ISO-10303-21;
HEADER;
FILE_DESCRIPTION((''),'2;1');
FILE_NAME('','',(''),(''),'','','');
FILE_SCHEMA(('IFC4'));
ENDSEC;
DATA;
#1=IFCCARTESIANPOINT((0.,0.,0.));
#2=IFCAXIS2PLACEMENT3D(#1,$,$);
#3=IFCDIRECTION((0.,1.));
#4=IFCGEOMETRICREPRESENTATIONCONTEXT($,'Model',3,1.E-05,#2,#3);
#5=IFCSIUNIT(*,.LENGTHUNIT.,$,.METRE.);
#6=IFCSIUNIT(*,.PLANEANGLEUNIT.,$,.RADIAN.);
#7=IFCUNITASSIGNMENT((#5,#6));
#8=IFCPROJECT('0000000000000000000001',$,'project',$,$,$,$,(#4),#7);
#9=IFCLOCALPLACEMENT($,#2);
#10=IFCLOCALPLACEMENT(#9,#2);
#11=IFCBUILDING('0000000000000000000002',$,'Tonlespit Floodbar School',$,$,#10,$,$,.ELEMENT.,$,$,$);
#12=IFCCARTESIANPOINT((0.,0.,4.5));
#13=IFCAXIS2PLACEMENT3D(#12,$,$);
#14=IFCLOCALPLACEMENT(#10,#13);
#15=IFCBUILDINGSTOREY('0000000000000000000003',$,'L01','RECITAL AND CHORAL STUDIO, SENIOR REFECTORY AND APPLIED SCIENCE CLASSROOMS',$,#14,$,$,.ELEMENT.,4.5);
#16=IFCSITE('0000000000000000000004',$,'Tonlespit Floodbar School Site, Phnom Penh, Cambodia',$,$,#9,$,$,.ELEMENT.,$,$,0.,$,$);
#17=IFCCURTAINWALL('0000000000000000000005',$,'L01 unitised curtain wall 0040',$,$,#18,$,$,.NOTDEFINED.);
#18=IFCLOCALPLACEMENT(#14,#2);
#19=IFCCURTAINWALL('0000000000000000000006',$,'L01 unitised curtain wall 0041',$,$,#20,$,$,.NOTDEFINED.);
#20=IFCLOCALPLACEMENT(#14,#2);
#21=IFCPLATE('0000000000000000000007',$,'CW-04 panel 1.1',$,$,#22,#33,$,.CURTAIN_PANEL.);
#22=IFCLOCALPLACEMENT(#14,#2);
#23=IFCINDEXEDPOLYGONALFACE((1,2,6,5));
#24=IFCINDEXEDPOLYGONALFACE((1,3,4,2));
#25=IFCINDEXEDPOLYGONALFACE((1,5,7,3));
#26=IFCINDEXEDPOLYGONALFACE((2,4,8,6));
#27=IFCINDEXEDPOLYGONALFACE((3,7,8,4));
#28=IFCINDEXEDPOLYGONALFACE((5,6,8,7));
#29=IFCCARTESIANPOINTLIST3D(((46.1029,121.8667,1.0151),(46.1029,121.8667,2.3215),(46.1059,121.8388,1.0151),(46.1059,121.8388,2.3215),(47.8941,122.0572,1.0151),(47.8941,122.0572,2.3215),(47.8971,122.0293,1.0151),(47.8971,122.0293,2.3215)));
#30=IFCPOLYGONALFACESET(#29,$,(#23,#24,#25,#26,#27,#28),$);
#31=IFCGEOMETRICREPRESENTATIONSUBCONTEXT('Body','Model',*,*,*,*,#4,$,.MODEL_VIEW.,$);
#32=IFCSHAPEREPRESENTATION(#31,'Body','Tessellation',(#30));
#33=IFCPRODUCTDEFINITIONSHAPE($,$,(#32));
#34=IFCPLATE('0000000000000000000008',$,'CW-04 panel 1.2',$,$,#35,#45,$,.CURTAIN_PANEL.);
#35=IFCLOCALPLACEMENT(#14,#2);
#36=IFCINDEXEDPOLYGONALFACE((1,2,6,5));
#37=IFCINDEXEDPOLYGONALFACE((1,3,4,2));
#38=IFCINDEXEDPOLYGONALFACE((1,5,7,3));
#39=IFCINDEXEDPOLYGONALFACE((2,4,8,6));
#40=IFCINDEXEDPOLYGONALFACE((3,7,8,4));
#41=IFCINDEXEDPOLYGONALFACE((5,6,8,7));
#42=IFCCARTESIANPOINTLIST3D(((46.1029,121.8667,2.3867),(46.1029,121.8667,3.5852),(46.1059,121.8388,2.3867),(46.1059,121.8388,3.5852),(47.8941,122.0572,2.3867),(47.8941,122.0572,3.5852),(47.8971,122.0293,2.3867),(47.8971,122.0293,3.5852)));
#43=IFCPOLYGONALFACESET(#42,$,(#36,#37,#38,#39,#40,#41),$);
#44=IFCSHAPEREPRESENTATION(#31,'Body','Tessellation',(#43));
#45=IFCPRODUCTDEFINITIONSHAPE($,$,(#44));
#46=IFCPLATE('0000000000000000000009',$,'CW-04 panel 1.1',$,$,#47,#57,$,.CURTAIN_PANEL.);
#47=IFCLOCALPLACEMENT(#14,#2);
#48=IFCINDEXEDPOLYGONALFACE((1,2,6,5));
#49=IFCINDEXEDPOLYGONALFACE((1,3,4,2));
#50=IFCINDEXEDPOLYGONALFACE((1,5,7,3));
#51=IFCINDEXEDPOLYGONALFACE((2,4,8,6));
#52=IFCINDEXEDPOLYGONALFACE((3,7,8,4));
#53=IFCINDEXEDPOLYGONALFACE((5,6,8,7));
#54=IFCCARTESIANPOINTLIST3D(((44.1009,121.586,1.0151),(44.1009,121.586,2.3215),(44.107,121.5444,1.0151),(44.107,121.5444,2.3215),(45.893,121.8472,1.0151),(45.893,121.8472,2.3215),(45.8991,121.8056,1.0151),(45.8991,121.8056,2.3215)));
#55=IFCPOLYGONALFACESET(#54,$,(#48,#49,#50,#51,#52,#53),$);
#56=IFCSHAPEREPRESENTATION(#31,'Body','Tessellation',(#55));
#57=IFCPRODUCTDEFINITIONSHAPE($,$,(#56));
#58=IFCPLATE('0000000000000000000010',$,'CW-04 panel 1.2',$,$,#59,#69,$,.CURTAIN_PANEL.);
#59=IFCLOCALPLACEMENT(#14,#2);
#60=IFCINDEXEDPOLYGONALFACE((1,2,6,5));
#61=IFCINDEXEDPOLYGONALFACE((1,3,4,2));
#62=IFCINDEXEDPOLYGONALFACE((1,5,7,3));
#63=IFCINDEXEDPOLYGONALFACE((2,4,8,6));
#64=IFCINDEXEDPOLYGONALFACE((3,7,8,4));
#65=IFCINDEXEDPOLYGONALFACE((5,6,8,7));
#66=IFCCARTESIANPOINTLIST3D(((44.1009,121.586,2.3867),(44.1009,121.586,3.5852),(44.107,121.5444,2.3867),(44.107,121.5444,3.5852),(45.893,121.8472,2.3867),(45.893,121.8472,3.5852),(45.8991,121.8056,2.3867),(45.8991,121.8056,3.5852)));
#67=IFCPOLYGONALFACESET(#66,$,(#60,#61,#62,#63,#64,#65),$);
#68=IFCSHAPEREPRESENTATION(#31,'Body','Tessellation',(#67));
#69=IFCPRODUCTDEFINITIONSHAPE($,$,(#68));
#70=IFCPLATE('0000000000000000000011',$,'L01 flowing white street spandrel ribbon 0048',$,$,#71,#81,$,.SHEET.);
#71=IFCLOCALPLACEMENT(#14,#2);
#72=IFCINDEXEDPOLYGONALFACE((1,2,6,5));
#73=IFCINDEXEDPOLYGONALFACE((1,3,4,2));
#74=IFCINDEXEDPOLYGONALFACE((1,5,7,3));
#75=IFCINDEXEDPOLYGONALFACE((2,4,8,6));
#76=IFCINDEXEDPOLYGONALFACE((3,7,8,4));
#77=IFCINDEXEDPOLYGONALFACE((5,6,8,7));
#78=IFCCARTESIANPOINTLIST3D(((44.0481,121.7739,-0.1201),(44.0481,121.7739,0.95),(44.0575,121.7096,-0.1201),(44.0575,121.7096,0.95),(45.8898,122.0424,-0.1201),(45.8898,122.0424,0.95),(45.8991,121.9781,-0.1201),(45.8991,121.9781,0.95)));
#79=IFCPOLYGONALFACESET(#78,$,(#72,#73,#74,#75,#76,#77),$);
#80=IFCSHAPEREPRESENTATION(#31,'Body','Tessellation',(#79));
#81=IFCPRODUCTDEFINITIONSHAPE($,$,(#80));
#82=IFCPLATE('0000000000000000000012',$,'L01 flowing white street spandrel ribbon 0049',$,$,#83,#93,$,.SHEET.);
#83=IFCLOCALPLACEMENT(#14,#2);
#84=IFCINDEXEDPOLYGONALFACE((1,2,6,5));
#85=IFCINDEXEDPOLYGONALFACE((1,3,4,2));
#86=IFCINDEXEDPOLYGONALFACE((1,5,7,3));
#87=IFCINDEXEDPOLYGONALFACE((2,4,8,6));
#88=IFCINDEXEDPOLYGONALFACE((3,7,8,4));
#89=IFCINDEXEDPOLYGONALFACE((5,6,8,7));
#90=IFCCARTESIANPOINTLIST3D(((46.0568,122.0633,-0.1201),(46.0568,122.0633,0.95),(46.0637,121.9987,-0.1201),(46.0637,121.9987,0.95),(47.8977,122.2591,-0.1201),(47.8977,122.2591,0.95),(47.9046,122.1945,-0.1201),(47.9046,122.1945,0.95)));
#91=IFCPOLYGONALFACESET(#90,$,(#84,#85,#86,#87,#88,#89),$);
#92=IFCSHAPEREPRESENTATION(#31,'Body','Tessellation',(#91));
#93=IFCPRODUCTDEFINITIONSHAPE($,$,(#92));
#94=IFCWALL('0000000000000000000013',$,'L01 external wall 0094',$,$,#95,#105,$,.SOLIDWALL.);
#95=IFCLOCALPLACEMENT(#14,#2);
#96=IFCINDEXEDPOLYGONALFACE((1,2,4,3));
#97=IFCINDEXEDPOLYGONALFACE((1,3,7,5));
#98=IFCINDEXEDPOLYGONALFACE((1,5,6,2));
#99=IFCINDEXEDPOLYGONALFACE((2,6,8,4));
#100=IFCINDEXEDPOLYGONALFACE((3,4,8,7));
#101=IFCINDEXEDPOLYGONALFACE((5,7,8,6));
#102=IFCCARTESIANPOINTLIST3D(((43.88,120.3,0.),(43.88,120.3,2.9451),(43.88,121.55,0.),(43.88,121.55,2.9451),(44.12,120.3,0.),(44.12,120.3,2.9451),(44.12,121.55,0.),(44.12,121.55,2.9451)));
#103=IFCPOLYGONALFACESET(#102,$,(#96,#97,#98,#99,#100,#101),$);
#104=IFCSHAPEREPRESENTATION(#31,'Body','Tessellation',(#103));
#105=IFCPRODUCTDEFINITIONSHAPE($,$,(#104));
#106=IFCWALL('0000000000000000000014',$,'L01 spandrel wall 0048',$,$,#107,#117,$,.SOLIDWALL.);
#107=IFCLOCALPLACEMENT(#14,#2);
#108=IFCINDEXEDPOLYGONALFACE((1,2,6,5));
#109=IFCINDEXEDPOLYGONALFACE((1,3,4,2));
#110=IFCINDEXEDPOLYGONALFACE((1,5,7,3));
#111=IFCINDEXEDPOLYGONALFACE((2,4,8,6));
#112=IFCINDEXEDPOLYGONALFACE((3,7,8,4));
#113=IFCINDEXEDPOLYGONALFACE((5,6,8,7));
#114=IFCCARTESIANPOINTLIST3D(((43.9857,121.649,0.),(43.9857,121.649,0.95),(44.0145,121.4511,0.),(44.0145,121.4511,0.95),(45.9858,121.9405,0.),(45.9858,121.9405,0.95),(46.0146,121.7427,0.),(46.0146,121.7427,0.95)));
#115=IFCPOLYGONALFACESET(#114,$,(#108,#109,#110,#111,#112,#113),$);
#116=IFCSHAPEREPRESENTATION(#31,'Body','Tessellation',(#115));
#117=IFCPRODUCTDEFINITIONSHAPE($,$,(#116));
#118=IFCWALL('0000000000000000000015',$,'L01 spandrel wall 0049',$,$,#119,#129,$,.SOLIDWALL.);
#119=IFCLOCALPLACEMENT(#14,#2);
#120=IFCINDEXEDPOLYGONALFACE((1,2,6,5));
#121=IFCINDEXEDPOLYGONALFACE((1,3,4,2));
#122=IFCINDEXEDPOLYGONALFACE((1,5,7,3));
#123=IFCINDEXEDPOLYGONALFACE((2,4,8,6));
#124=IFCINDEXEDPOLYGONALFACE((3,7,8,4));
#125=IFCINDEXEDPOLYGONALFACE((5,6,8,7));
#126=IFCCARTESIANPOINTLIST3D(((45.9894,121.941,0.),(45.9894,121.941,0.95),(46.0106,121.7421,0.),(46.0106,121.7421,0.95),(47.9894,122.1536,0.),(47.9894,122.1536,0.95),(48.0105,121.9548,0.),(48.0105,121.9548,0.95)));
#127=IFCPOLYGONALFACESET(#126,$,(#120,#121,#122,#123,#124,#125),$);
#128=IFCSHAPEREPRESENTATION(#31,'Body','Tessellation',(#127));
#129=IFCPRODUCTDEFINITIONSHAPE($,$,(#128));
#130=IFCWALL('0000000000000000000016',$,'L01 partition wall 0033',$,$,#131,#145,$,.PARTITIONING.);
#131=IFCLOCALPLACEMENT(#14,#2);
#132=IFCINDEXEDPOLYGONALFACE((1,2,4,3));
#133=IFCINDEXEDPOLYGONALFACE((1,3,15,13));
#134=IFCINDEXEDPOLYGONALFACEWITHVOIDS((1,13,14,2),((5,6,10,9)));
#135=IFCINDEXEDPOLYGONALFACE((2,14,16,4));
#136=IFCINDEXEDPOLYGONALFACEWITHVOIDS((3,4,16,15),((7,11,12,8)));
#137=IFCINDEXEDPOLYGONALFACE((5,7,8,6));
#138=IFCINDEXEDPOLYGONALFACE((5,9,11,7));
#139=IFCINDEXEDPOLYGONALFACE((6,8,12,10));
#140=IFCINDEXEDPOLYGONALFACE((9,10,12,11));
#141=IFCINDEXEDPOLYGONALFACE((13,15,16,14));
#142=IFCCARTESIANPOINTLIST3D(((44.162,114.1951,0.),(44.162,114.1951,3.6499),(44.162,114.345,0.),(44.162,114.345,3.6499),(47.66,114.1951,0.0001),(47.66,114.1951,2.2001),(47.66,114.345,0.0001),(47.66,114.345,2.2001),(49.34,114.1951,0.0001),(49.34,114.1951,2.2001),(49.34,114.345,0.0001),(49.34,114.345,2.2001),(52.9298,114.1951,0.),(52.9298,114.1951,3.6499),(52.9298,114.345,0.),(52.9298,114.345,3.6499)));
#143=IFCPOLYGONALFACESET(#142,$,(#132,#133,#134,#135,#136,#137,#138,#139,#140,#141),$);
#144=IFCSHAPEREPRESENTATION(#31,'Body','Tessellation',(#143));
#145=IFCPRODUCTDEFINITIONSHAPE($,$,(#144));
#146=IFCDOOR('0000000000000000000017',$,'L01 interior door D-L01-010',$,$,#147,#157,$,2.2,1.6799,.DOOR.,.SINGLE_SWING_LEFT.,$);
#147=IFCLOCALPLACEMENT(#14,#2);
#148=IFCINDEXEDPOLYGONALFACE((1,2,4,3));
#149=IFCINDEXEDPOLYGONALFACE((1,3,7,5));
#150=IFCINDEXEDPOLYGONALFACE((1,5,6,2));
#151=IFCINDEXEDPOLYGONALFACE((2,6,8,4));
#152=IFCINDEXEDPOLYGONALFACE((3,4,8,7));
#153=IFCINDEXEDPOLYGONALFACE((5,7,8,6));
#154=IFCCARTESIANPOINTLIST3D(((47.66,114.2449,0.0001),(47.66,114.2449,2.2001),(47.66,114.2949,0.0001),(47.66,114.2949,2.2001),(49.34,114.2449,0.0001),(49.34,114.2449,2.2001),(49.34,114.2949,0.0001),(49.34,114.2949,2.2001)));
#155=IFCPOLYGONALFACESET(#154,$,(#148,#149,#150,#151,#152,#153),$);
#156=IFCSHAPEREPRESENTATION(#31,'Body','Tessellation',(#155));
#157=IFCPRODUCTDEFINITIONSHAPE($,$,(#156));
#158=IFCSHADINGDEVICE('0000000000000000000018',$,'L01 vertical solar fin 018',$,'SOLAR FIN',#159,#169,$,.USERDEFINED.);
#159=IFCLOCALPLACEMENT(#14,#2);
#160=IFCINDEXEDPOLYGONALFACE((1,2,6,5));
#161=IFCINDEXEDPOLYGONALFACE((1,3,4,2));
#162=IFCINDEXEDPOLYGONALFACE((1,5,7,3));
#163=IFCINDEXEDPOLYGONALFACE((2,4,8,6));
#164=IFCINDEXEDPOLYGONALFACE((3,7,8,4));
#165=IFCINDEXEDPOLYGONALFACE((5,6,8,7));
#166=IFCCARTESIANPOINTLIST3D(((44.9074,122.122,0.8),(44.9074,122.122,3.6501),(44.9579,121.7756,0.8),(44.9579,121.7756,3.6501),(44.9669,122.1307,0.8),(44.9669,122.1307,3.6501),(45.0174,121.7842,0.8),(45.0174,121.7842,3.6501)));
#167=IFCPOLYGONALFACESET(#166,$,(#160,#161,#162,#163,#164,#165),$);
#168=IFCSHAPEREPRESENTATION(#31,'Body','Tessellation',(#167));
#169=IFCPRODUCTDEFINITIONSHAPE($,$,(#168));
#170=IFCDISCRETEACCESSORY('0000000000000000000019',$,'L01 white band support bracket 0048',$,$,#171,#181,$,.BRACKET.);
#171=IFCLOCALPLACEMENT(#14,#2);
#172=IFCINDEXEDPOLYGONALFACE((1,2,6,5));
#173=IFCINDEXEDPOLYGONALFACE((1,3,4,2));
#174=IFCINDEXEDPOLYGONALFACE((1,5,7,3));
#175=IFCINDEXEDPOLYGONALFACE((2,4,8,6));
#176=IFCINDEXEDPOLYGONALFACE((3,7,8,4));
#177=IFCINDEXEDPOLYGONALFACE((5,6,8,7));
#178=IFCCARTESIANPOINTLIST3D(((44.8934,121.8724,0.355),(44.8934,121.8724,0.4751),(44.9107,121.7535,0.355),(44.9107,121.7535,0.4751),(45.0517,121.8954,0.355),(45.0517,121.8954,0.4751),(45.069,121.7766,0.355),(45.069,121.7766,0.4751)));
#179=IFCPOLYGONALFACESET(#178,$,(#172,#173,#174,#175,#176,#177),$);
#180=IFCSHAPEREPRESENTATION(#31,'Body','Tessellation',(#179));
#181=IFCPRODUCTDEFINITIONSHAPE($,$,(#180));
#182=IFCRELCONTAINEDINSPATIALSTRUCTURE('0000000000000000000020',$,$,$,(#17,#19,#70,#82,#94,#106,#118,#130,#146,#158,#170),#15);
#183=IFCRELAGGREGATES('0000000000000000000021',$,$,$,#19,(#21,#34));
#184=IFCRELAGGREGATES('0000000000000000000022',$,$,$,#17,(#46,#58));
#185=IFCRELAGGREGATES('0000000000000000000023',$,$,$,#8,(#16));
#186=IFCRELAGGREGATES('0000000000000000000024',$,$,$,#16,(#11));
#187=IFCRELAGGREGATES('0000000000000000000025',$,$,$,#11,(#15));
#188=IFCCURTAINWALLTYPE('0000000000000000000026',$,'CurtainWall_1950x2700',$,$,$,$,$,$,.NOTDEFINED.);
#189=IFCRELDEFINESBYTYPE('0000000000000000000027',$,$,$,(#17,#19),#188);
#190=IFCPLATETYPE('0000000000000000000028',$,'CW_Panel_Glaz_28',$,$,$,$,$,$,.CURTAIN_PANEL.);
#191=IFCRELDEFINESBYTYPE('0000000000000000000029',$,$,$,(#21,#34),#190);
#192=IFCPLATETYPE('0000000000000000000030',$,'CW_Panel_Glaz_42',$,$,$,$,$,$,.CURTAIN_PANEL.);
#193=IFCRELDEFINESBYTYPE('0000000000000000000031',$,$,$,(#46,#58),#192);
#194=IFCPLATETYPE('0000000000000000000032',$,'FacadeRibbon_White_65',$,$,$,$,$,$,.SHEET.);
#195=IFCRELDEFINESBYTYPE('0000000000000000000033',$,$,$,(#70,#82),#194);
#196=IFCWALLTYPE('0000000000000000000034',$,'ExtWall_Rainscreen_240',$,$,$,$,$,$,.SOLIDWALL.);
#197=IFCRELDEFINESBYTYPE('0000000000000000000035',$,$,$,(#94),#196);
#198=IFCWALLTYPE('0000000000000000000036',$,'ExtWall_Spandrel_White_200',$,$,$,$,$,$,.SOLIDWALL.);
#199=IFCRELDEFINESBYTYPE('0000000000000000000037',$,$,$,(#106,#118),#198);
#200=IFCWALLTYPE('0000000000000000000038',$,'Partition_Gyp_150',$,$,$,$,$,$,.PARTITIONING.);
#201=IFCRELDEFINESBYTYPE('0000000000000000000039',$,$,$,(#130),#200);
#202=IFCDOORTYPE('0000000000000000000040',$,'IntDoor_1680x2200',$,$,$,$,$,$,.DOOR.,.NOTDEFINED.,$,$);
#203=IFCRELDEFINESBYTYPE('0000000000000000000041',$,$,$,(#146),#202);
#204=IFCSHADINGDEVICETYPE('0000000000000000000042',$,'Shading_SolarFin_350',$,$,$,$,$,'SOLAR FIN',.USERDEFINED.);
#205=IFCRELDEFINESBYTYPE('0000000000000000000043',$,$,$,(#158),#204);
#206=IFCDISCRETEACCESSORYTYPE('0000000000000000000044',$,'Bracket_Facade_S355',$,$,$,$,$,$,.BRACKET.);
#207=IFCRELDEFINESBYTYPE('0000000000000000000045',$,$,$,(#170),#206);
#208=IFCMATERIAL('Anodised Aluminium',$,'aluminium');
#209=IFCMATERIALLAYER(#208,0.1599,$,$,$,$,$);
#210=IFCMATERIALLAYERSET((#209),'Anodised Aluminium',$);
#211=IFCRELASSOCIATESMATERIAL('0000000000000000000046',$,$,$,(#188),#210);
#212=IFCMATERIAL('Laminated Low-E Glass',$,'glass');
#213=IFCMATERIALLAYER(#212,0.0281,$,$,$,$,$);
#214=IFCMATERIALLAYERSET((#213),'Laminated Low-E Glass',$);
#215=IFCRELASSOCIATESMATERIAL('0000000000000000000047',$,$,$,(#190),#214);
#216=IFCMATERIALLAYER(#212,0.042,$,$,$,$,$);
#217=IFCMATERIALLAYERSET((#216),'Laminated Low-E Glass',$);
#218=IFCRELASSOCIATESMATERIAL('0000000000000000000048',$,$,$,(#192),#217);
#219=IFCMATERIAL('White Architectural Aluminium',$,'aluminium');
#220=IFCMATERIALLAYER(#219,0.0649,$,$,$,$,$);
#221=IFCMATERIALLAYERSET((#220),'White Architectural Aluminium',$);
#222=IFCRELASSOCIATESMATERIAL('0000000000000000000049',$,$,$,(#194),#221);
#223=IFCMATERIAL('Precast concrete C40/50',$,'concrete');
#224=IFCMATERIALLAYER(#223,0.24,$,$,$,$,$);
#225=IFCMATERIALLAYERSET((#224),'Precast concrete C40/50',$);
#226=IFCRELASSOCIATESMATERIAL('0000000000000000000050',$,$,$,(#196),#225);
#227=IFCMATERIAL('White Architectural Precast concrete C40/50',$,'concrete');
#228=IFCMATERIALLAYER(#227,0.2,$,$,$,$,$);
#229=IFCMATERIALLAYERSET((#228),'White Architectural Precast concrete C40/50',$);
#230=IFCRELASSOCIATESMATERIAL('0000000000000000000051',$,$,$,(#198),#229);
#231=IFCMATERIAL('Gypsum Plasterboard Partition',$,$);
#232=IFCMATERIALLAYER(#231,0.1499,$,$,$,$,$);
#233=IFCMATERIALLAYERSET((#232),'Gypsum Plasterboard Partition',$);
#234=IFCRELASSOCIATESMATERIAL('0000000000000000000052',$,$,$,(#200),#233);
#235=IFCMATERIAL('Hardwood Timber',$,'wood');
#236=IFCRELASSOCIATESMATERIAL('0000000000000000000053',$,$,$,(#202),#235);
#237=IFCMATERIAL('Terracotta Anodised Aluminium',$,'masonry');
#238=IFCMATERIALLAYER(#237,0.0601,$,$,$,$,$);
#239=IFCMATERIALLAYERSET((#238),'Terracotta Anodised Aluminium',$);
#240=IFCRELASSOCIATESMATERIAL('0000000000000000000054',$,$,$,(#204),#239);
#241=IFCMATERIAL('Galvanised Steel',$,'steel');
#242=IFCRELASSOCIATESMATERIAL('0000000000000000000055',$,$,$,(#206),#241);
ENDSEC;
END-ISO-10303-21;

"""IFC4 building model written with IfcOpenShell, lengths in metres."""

from ifc_helpers import new_model, si_unit, direction, frame, frame_2d, origin, origin_2d, place, context, subcontext, project, spatial, rectangle, extrude, material, layer, layer_set, type_object, element, fill, aggregate, save


model = new_model("IFC4")

# Units and contexts
model_context = context("Model", 3, precision=1e-05, world=origin(), true_north=direction((0.0, 1.0)))
body_context = subcontext(model_context, "Body", "Model", "MODEL_VIEW")
ifc_project = project(units=[si_unit("LENGTHUNIT", "METRE"), si_unit("PLANEANGLEUNIT", "RADIAN")], contexts=[model_context])

# Site, building, storey
site_placement = place(None, origin())
site = spatial("IfcSite", under=ifc_project, at=site_placement, Name="Tonlespit Floodbar School Site, Phnom Penh, Cambodia", CompositionType="ELEMENT", RefElevation=0.0)
building_placement = place(site_placement, origin())
building = spatial("IfcBuilding", under=site, at=building_placement, Name="Tonlespit Floodbar School", CompositionType="ELEMENT")
storey_placement = place(building_placement, frame((0.0, 0.0, 4.5)))
storey = spatial("IfcBuildingStorey", under=building, at=storey_placement, Name="L01", Description="RECITAL AND CHORAL STUDIO, SENIOR REFECTORY AND APPLIED SCIENCE CLASSROOMS", CompositionType="ELEMENT", Elevation=4.5)

# Curtain walls
ifc_material_1 = material(Name="Anodised Aluminium", Category="aluminium")
ifc_layer_1 = layer(ifc_material_1, 0.1599)
ifc_layer_set_1 = layer_set([ifc_layer_1], Name="Anodised Aluminium")
curtain_wall_type = type_object("IfcCurtainWallType", Name="CurtainWall_1950x2700", PredefinedType="NOTDEFINED", material=ifc_layer_set_1)
curtain_wall_1_placement = place(storey_placement, origin())
curtain_wall_1 = element("IfcCurtainWall", 1, at=curtain_wall_1_placement, inside=storey, type_object=curtain_wall_type, Name="L01 unitised curtain wall 0040", PredefinedType="NOTDEFINED")
curtain_wall_2_placement = place(storey_placement, origin())
curtain_wall_2 = element("IfcCurtainWall", 2, at=curtain_wall_2_placement, inside=storey, type_object=curtain_wall_type, Name="L01 unitised curtain wall 0041", PredefinedType="NOTDEFINED")

# Plates
ifc_material_2 = material(Name="Laminated Low-E Glass", Category="glass")
ifc_layer_2 = layer(ifc_material_2, 0.0281)
ifc_layer_set_2 = layer_set([ifc_layer_2], Name="Laminated Low-E Glass")
plate_type_1 = type_object("IfcPlateType", Name="CW_Panel_Glaz_28", PredefinedType="CURTAIN_PANEL", material=ifc_layer_set_2)
plate_1_placement = place(storey_placement, frame((47.0, 121.948, 1.0151), z_axis=(0.0, 0.0, 1.0), x_axis=(0.994389, 0.105787, 0.0)))
plate_1 = element("IfcPlate", 3, at=plate_1_placement, type_object=plate_type_1, Name="CW-04 panel 1.1", PredefinedType="CURTAIN_PANEL", context=body_context, shape_type="SweptSolid", body=[
    extrude(rectangle(XDim=1.8013, YDim=0.0281, at=origin_2d()), origin(), (0.0, 0.0, 1.0), 1.3064),
])
plate_2_placement = place(storey_placement, frame((47.0, 121.948, 2.3867), z_axis=(0.0, 0.0, 1.0), x_axis=(0.994389, 0.105787, 0.0)))
plate_2 = element("IfcPlate", 4, at=plate_2_placement, type_object=plate_type_1, Name="CW-04 panel 1.2", PredefinedType="CURTAIN_PANEL", context=body_context, shape_type="SweptSolid", body=[
    extrude(rectangle(XDim=1.8013, YDim=0.0281, at=origin_2d()), origin(), (0.0, 0.0, 1.0), 1.1985),
])
aggregate(curtain_wall_2, [plate_1, plate_2])
ifc_layer_3 = layer(ifc_material_2, 0.042)
ifc_layer_set_3 = layer_set([ifc_layer_3], Name="Laminated Low-E Glass")
plate_type_2 = type_object("IfcPlateType", Name="CW_Panel_Glaz_42", PredefinedType="CURTAIN_PANEL", material=ifc_layer_set_3)
plate_3_placement = place(storey_placement, frame((45.0, 121.6958, 1.0151), z_axis=(0.0, 0.0, 1.0), x_axis=(0.989542, 0.144248, 0.0)))
plate_3 = element("IfcPlate", 5, at=plate_3_placement, type_object=plate_type_2, Name="CW-04 panel 1.1", PredefinedType="CURTAIN_PANEL", context=body_context, shape_type="SweptSolid", body=[
    extrude(rectangle(XDim=1.811, YDim=0.042, at=origin_2d()), origin(), (0.0, 0.0, 1.0), 1.3064),
])
plate_4_placement = place(storey_placement, frame((45.0, 121.6958, 2.3867), z_axis=(0.0, 0.0, 1.0), x_axis=(0.989542, 0.144248, 0.0)))
plate_4 = element("IfcPlate", 6, at=plate_4_placement, type_object=plate_type_2, Name="CW-04 panel 1.2", PredefinedType="CURTAIN_PANEL", context=body_context, shape_type="SweptSolid", body=[
    extrude(rectangle(XDim=1.811, YDim=0.042, at=origin_2d()), origin(), (0.0, 0.0, 1.0), 1.1985),
])
aggregate(curtain_wall_1, [plate_3, plate_4])

# Plates
ifc_material_3 = material(Name="White Architectural Aluminium", Category="aluminium")
ifc_layer_4 = layer(ifc_material_3, 0.0649)
ifc_layer_set_4 = layer_set([ifc_layer_4], Name="White Architectural Aluminium")
plate_type_3 = type_object("IfcPlateType", Name="FacadeRibbon_White_65", PredefinedType="SHEET", material=ifc_layer_set_4)
plate_5_placement = place(storey_placement, frame((44.9736, 121.876, -0.1201), z_axis=(0.0, 0.0, 1.0), x_axis=(0.989538, 0.144275, 0.0)))
element("IfcPlate", 7, at=plate_5_placement, inside=storey, type_object=plate_type_3, Name="L01 flowing white street spandrel ribbon 0048", PredefinedType="SHEET", context=body_context, shape_type="SweptSolid", body=[
    extrude(rectangle(XDim=1.8611, YDim=0.0649, at=origin_2d()), origin(), (0.0, 0.0, 1.0), 1.0701),
])
plate_6_placement = place(storey_placement, frame((46.9807, 122.1289, -0.1201), z_axis=(0.0, 0.0, 1.0), x_axis=(0.994392, 0.105754, 0.0)))
element("IfcPlate", 8, at=plate_6_placement, inside=storey, type_object=plate_type_3, Name="L01 flowing white street spandrel ribbon 0049", PredefinedType="SHEET", context=body_context, shape_type="SweptSolid", body=[
    extrude(rectangle(XDim=1.8513, YDim=0.0649, at=origin_2d()), origin(), (0.0, 0.0, 1.0), 1.0701),
])

# Walls
ifc_material_4 = material(Name="Precast concrete C40/50", Category="concrete")
ifc_layer_5 = layer(ifc_material_4, 0.24)
ifc_layer_set_5 = layer_set([ifc_layer_5], Name="Precast concrete C40/50")
wall_type_1 = type_object("IfcWallType", Name="ExtWall_Rainscreen_240", PredefinedType="SOLIDWALL", material=ifc_layer_set_5)
wall_1_placement = place(storey_placement, frame((44.0, 120.3, 0.0), z_axis=(0.0, 0.0, 1.0), x_axis=(0.0, 1.0, 0.0)))
element("IfcWall", 9, at=wall_1_placement, inside=storey, type_object=wall_type_1, Name="L01 external wall 0094", PredefinedType="SOLIDWALL", context=body_context, shape_type="SweptSolid", body=[
    extrude(rectangle(XDim=1.25, YDim=0.24, at=frame_2d((0.625, 0.0))), origin(), (0.0, 0.0, 1.0), 2.9451),
])
ifc_material_5 = material(Name="White Architectural Precast concrete C40/50", Category="concrete")
ifc_layer_6 = layer(ifc_material_5, 0.2)
ifc_layer_set_6 = layer_set([ifc_layer_6], Name="White Architectural Precast concrete C40/50")
wall_type_2 = type_object("IfcWallType", Name="ExtWall_Spandrel_White_200", PredefinedType="SOLIDWALL", material=ifc_layer_set_6)
wall_2_placement = place(storey_placement, frame((44.0, 121.55, 0.0), z_axis=(0.0, 0.0, 1.0), x_axis=(0.989544, 0.144228, 0.0)))
element("IfcWall", 10, at=wall_2_placement, inside=storey, type_object=wall_type_2, Name="L01 spandrel wall 0048", PredefinedType="SOLIDWALL", context=body_context, shape_type="SweptSolid", body=[
    extrude(rectangle(XDim=2.0212, YDim=0.2, at=frame_2d((1.0107, 0.0))), origin(), (0.0, 0.0, 1.0), 0.95),
])
wall_3_placement = place(storey_placement, frame((46.0, 121.8416, 0.0), z_axis=(0.0, 0.0, 1.0), x_axis=(0.994395, 0.105727, 0.0)))
element("IfcWall", 11, at=wall_3_placement, inside=storey, type_object=wall_type_2, Name="L01 spandrel wall 0049", PredefinedType="SOLIDWALL", context=body_context, shape_type="SweptSolid", body=[
    extrude(rectangle(XDim=2.0112, YDim=0.2, at=frame_2d((1.0056, 0.0))), origin(), (0.0, 0.0, 1.0), 0.95),
])

# Wall, opening, door
ifc_material_6 = material(Name="Gypsum Plasterboard Partition")
ifc_layer_7 = layer(ifc_material_6, 0.1499)
ifc_layer_set_7 = layer_set([ifc_layer_7], Name="Gypsum Plasterboard Partition")
wall_type_3 = type_object("IfcWallType", Name="Partition_Gyp_150", PredefinedType="PARTITIONING", material=ifc_layer_set_7)
wall_4_placement = place(storey_placement, frame((44.1621, 114.27, 0.0), z_axis=(0.0, 0.0, 1.0), x_axis=(1.0, 0.0, 0.0)))
wall_4 = element("IfcWall", 12, at=wall_4_placement, inside=storey, type_object=wall_type_3, Name="L01 partition wall 0033", PredefinedType="PARTITIONING", context=body_context, shape_type="SweptSolid", body=[
    extrude(rectangle(XDim=8.7678, YDim=0.1499, at=frame_2d((4.3838, 0.0))), origin(), (0.0, 0.0, 1.0), 3.6499),
])
opening_placement = place(wall_4_placement, frame((3.498, 0.0, 0.0)))
opening = element("IfcOpeningElement", 13, at=opening_placement, cuts=wall_4, PredefinedType="OPENING", context=body_context, shape_type="SweptSolid", body=[
    extrude(rectangle(XDim=1.6799, YDim=2.2, at=frame_2d((0.8398, 1.1001))), frame((0.0, 0.085, 0.0), z_axis=(0.0, -1.0, 0.0), x_axis=(1.0, 0.0, 0.0)), (0.0, 0.0, 1.0), 0.1699),
])
ifc_material_7 = material(Name="Hardwood Timber", Category="wood")
door_type = type_object("IfcDoorType", Name="IntDoor_1680x2200", OperationType="NOTDEFINED", PredefinedType="DOOR", material=ifc_material_7)
door_placement = place(opening_placement, origin())
door = element("IfcDoor", 14, at=door_placement, inside=storey, type_object=door_type, Name="L01 interior door D-L01-010", OperationType="SINGLE_SWING_LEFT", OverallHeight=2.2, OverallWidth=1.6799, PredefinedType="DOOR", context=body_context, shape_type="SweptSolid", body=[
    extrude(rectangle(XDim=1.6799, YDim=2.2, at=frame_2d((0.8398, 1.1001))), frame((0.0, 0.0249, 0.0), z_axis=(0.0, -1.0, 0.0), x_axis=(1.0, 0.0, 0.0)), (0.0, 0.0, 1.0), 0.05),
])
fill(opening, door)

# Shading device
ifc_material_8 = material(Name="Terracotta Anodised Aluminium", Category="masonry")
ifc_layer_8 = layer(ifc_material_8, 0.0601)
ifc_layer_set_8 = layer_set([ifc_layer_8], Name="Terracotta Anodised Aluminium")
shading_device_type = type_object("IfcShadingDeviceType", Name="Shading_SolarFin_350", ElementType="SOLAR FIN", PredefinedType="USERDEFINED", material=ifc_layer_set_8)
shading_device_placement = place(storey_placement, frame((44.9624, 121.9531, 0.8), z_axis=(0.0, 0.0, 1.0), x_axis=(0.989538, 0.144275, 0.0)))
element("IfcShadingDevice", 15, at=shading_device_placement, inside=storey, type_object=shading_device_type, Name="L01 vertical solar fin 018", ObjectType="SOLAR FIN", PredefinedType="USERDEFINED", context=body_context, shape_type="SweptSolid", body=[
    extrude(rectangle(XDim=0.0601, YDim=0.3501, at=origin_2d()), origin(), (0.0, 0.0, 1.0), 2.8501),
])

# Discrete accessory
ifc_material_9 = material(Name="Galvanised Steel", Category="steel")
discrete_accessory_type = type_object("IfcDiscreteAccessoryType", Name="Bracket_Facade_S355", PredefinedType="BRACKET", material=ifc_material_9)
discrete_accessory_1_placement = place(storey_placement, frame((44.9812, 121.8245, 0.355), z_axis=(0.0, 0.0, 1.0), x_axis=(0.989538, 0.144275, 0.0)))
element("IfcDiscreteAccessory", 16, at=discrete_accessory_1_placement, inside=storey, type_object=discrete_accessory_type, Name="L01 white band support bracket 0048", PredefinedType="BRACKET", context=body_context, shape_type="SweptSolid", body=[
    extrude(rectangle(XDim=0.1599, YDim=0.1201, at=origin_2d()), origin(), (0.0, 0.0, 1.0), 0.1201),
])

save(model, "model.ifc")
